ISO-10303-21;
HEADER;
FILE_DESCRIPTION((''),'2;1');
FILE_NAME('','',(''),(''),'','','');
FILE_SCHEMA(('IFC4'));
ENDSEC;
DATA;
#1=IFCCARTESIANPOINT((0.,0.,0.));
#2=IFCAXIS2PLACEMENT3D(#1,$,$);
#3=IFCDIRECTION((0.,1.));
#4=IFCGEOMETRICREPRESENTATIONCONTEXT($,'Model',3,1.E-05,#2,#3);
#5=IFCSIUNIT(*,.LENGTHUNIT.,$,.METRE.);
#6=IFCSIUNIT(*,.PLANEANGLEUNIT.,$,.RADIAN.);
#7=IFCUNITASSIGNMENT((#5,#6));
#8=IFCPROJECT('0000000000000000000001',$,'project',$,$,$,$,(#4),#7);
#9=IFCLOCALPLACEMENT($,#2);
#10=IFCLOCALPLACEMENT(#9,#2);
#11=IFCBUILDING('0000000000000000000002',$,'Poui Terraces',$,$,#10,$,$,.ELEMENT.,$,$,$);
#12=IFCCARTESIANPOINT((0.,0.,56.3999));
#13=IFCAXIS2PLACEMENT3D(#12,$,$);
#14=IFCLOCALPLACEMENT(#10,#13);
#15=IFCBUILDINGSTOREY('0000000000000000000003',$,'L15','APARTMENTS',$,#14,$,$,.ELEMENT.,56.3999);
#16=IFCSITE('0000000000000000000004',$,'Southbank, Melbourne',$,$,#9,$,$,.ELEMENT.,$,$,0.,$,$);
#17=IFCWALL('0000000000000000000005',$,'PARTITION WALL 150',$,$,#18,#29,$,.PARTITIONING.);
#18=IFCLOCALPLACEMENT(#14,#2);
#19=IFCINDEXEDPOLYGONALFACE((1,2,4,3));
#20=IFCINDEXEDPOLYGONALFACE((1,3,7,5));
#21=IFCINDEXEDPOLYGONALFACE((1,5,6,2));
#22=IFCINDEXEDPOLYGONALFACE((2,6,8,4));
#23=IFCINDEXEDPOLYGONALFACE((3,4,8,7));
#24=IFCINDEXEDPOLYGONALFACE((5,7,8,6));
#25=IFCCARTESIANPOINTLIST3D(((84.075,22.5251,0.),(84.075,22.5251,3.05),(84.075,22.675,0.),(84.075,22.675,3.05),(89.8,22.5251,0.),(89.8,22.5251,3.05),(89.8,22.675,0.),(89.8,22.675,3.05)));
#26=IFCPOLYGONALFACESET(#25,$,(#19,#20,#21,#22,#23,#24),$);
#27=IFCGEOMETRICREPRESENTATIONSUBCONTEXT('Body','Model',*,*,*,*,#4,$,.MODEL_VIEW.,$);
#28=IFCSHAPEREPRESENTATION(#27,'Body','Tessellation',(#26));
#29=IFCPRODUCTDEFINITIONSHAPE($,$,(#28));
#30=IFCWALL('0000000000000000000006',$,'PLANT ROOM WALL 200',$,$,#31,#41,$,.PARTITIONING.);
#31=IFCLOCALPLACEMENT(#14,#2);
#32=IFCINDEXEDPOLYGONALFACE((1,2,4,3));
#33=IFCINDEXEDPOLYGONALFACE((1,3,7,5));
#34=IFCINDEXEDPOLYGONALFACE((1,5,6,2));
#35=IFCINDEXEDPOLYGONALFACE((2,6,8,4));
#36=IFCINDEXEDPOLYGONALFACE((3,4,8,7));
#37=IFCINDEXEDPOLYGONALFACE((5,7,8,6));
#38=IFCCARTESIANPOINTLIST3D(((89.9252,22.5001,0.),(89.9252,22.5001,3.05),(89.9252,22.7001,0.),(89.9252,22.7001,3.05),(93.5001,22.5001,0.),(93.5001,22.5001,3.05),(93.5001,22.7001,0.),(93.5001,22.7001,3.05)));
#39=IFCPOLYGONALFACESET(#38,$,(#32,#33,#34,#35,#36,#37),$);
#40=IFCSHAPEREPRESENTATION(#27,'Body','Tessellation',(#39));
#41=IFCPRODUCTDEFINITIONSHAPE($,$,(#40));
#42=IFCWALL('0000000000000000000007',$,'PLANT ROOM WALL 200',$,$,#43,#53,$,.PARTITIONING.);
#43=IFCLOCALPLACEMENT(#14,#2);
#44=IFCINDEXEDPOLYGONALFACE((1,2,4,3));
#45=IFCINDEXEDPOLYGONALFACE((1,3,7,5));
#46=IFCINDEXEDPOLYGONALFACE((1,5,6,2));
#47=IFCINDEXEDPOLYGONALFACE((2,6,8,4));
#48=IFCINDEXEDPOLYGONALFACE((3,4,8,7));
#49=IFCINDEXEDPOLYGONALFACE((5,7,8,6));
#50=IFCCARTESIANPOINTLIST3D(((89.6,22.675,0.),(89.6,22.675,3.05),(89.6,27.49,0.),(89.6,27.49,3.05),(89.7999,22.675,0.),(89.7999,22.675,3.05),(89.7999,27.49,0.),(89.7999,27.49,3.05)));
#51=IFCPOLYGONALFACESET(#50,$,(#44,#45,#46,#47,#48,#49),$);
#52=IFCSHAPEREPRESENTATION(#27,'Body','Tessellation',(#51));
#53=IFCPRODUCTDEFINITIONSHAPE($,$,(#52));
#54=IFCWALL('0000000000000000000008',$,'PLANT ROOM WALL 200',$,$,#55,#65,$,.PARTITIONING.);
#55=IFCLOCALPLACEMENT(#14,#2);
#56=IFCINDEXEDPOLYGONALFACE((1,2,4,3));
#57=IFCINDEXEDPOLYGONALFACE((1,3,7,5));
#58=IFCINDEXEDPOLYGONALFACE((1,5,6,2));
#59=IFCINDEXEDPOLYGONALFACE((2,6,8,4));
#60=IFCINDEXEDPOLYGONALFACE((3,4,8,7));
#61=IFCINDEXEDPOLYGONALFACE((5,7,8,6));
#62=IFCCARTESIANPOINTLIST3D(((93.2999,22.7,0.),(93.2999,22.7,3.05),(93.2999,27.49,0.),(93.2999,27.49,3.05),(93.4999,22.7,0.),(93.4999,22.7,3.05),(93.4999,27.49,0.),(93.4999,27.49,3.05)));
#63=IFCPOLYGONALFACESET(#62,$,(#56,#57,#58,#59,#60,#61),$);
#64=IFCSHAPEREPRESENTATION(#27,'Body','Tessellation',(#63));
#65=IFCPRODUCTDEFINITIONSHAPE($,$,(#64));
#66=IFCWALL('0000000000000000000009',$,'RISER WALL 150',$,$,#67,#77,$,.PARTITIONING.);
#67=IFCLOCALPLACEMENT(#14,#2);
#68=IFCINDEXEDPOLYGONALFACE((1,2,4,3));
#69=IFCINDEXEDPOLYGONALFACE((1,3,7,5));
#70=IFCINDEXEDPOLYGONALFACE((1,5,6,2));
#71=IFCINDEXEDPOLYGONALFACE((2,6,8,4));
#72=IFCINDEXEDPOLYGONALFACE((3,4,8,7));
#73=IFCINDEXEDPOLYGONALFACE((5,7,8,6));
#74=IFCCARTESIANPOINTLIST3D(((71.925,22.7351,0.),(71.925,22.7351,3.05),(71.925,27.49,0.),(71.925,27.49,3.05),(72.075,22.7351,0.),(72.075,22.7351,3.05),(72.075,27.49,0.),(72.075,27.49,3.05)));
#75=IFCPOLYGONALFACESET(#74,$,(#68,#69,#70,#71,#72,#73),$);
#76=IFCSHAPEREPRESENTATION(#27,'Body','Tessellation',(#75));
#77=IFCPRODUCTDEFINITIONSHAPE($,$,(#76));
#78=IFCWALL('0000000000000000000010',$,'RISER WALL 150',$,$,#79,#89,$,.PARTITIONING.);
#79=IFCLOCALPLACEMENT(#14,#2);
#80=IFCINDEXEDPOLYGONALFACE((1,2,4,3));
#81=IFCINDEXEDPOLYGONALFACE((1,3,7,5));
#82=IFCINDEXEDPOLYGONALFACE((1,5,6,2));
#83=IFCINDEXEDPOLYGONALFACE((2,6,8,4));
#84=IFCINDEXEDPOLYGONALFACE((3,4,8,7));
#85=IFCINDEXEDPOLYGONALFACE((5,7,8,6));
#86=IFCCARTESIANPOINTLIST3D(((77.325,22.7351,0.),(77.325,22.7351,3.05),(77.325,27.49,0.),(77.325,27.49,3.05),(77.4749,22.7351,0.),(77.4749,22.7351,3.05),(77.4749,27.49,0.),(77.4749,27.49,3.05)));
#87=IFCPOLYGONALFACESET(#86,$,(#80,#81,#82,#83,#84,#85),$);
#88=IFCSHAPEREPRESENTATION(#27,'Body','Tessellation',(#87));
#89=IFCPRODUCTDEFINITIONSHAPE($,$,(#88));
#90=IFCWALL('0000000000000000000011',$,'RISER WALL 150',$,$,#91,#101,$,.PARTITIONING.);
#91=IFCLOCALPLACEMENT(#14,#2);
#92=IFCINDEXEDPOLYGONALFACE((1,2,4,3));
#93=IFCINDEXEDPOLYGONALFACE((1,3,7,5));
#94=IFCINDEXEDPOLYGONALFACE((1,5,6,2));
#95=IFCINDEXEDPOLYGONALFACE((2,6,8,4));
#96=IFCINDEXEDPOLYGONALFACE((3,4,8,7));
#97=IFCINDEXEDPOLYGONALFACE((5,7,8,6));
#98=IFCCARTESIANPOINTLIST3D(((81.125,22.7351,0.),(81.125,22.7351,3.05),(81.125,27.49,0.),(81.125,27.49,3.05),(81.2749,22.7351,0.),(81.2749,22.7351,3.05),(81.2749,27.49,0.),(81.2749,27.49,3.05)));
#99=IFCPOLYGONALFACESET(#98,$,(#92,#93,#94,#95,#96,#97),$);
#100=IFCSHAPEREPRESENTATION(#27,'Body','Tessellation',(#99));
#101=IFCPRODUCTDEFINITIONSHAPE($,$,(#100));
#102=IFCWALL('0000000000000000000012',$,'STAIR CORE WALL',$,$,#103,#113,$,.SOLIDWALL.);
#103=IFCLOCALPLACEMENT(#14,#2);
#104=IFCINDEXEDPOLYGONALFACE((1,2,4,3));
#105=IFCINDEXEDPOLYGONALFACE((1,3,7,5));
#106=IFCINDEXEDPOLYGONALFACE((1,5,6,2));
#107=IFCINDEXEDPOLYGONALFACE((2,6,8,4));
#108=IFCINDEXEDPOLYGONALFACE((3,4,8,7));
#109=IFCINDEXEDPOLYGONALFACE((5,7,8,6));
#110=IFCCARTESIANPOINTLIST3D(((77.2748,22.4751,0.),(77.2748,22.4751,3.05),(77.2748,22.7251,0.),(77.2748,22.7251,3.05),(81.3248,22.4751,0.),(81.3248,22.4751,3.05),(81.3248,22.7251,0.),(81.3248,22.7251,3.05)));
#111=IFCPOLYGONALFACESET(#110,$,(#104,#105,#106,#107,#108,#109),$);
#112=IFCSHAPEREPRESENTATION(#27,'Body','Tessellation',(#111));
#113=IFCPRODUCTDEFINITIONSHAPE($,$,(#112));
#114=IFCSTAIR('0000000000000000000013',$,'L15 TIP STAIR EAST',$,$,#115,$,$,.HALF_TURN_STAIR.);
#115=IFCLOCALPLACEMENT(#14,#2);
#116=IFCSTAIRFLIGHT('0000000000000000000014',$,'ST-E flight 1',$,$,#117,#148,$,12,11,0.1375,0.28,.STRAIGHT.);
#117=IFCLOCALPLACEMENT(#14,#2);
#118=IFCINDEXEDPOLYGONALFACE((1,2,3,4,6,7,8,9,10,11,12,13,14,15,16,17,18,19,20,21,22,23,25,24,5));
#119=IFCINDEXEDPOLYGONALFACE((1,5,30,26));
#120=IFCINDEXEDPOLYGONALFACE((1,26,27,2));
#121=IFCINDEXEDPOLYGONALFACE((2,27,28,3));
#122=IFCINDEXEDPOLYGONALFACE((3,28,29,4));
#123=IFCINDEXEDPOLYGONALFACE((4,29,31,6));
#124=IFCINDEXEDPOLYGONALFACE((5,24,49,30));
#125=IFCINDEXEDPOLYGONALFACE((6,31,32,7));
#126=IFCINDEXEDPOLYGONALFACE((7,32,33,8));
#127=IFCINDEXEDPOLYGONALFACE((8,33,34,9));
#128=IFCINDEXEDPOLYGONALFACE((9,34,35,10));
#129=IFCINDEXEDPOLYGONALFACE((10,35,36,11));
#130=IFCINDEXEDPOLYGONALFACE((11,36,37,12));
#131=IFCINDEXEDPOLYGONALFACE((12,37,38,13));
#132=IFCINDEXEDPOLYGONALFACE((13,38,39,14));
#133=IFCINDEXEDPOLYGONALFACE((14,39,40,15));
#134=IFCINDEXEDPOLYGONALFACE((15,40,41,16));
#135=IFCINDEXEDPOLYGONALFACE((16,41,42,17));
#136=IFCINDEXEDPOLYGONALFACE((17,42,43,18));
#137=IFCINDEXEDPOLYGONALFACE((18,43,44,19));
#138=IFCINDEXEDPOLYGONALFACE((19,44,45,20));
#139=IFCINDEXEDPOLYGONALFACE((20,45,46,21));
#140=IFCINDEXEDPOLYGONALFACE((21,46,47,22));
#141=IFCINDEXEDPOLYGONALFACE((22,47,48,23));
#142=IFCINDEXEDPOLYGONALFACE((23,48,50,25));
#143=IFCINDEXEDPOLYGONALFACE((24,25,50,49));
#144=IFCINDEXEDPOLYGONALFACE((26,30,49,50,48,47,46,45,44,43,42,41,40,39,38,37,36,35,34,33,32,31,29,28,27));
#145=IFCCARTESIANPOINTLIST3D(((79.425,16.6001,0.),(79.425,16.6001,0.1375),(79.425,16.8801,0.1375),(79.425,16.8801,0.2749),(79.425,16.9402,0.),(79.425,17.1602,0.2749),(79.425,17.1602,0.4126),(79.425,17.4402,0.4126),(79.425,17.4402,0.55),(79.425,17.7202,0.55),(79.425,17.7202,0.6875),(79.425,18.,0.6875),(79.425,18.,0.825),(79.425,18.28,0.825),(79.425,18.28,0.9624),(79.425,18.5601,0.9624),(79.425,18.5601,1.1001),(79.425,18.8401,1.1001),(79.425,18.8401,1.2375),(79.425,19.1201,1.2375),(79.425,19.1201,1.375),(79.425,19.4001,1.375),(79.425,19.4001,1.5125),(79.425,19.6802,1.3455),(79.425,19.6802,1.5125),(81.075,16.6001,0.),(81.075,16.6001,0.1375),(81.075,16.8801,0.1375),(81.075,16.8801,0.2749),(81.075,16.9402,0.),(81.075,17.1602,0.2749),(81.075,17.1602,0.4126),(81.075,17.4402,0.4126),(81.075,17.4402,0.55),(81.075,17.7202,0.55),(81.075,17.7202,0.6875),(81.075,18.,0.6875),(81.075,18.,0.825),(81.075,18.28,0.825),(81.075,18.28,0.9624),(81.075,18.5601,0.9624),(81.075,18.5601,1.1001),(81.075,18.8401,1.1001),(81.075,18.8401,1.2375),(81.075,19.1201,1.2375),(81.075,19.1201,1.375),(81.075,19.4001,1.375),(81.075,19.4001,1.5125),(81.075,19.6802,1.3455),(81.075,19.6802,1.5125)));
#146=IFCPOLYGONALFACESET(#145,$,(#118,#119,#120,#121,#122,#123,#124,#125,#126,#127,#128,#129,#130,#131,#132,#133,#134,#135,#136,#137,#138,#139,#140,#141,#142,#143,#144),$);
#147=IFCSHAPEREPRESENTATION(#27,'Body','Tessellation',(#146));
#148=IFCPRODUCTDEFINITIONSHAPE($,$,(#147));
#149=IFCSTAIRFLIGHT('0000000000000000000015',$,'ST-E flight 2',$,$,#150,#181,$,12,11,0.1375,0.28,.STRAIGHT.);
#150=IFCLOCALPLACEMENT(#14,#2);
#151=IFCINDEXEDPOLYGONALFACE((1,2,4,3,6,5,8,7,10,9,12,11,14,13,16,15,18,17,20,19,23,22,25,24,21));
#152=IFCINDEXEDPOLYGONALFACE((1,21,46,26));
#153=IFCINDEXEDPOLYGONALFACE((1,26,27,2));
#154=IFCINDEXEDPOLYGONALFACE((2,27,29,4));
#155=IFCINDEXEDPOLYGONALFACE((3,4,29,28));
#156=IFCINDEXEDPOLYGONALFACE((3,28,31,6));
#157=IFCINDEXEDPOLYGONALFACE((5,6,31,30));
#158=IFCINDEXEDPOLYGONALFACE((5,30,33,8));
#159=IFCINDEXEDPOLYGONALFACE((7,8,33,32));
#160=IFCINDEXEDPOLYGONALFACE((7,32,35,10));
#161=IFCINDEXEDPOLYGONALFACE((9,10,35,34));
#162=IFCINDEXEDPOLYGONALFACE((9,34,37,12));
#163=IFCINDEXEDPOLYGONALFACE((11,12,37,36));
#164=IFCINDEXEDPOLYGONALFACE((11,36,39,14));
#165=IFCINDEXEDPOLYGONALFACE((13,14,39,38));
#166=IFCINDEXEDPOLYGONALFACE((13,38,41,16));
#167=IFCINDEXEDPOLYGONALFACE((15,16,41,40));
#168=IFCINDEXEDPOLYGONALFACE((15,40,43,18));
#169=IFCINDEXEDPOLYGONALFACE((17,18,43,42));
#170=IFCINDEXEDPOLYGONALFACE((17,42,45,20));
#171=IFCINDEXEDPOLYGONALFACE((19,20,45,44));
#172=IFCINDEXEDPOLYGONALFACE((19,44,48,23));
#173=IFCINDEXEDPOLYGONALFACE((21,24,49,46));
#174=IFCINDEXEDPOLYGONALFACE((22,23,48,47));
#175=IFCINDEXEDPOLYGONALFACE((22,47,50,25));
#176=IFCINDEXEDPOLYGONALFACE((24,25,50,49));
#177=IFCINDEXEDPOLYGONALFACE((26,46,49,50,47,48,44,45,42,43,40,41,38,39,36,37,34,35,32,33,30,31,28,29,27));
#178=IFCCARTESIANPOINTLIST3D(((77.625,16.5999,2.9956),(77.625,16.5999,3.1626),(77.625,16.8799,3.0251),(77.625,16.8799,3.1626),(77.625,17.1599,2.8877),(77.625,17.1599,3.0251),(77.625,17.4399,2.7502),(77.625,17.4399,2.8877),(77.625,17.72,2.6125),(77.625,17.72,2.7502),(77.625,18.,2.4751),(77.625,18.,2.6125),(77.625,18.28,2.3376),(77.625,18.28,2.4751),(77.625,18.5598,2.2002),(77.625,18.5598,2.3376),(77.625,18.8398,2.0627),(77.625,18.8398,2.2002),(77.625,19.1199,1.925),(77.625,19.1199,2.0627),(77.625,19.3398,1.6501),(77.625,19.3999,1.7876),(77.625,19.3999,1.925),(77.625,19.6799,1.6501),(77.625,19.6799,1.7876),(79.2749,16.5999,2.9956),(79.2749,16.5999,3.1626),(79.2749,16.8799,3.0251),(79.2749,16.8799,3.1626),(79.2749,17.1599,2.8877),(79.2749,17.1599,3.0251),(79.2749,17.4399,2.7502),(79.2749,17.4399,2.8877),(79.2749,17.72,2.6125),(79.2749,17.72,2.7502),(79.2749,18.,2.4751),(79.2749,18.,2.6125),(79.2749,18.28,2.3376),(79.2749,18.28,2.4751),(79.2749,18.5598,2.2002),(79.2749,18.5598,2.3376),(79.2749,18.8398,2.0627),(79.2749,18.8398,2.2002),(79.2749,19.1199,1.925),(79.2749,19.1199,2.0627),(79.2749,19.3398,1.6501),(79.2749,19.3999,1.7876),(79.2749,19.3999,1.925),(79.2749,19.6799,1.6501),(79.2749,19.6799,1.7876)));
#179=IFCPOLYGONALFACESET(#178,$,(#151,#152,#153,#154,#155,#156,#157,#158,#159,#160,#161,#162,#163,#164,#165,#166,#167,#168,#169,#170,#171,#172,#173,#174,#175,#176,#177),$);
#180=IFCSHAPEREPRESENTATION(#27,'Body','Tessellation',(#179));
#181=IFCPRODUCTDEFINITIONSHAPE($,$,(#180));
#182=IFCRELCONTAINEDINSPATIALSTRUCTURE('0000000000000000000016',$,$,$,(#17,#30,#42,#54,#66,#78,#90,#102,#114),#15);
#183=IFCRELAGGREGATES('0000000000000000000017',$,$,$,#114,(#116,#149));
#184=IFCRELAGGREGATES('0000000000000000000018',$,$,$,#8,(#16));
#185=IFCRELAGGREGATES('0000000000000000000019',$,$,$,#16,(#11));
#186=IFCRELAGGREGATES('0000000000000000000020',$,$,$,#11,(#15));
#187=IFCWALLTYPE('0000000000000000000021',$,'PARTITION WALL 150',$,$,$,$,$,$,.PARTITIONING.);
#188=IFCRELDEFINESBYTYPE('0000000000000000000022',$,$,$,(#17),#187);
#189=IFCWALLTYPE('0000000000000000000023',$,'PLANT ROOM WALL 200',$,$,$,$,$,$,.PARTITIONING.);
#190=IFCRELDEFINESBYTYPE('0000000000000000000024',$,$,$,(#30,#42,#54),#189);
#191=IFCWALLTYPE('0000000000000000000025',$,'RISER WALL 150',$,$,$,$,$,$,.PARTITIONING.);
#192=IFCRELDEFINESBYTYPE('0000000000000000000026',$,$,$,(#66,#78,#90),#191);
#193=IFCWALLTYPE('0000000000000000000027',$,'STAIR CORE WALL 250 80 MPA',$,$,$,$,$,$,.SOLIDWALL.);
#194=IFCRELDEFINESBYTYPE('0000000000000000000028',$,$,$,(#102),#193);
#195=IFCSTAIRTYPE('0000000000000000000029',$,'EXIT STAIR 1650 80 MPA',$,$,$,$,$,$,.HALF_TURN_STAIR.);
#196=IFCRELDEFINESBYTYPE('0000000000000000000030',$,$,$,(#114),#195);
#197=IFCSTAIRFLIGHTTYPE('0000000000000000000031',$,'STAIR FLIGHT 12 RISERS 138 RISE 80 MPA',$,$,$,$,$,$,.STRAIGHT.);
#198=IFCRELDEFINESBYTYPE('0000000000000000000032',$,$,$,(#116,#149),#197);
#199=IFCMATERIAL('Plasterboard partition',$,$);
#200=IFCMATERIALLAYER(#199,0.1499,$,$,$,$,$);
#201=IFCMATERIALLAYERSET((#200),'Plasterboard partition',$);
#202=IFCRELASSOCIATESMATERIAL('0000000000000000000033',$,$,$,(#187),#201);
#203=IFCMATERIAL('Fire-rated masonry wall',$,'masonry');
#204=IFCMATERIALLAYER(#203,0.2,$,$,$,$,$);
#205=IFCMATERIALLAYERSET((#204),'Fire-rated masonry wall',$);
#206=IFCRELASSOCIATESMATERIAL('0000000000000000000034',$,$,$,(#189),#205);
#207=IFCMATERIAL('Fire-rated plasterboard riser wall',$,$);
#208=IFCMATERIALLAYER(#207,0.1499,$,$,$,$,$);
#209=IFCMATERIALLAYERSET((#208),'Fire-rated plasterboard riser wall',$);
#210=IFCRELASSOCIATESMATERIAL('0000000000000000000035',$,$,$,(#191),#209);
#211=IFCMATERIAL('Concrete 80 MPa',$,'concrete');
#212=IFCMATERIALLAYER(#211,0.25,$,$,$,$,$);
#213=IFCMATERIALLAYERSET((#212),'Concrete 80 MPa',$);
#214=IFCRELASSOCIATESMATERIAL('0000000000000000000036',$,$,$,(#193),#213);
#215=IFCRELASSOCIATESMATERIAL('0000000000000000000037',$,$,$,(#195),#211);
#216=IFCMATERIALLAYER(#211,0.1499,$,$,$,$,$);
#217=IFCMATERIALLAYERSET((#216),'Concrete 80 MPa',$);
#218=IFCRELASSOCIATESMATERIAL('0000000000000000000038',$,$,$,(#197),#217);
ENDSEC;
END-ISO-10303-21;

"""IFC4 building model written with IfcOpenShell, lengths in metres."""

from ifc_helpers import new_model, si_unit, direction, frame, frame_2d, origin, place, context, subcontext, project, spatial, polyline, rectangle, outline, extrude, material, layer, layer_set, type_object, element, aggregate, save


model = new_model("IFC4")

# Units and contexts
model_context = context("Model", 3, precision=1e-05, world=origin(), true_north=direction((0.0, 1.0)))
body_context = subcontext(model_context, "Body", "Model", "MODEL_VIEW")
ifc_project = project(units=[si_unit("LENGTHUNIT", "METRE"), si_unit("PLANEANGLEUNIT", "RADIAN")], contexts=[model_context])

# Site, building, storey
site_placement = place(None, origin())
site = spatial("IfcSite", under=ifc_project, at=site_placement, Name="Southbank, Melbourne", CompositionType="ELEMENT", RefElevation=0.0)
building_placement = place(site_placement, origin())
building = spatial("IfcBuilding", under=site, at=building_placement, Name="Poui Terraces", CompositionType="ELEMENT")
storey_placement = place(building_placement, frame((0.0, 0.0, 56.3999)))
storey = spatial("IfcBuildingStorey", under=building, at=storey_placement, Name="L15", Description="APARTMENTS", CompositionType="ELEMENT", Elevation=56.3999)

# Shared definitions
ifc_material_1 = material(Name="Concrete 80 MPa", Category="concrete")

# Walls
ifc_material_2 = material(Name="Plasterboard partition")
ifc_layer_1 = layer(ifc_material_2, 0.1499)
ifc_layer_set_1 = layer_set([ifc_layer_1], Name="Plasterboard partition")
wall_type_1 = type_object("IfcWallType", Name="PARTITION WALL 150", PredefinedType="PARTITIONING", material=ifc_layer_set_1)
wall_1_placement = place(storey_placement, frame((84.075, 22.6001, 0.0), z_axis=(0.0, 0.0, 1.0), x_axis=(1.0, 0.0, 0.0)))
element("IfcWall", 1, at=wall_1_placement, inside=storey, type_object=wall_type_1, Name="PARTITION WALL 150", PredefinedType="PARTITIONING", context=body_context, shape_type="SweptSolid", body=[
    extrude(rectangle(XDim=5.7251, YDim=0.1499, at=frame_2d((2.8625, 0.0))), origin(), (0.0, 0.0, 1.0), 3.05),
])
ifc_material_3 = material(Name="Fire-rated masonry wall", Category="masonry")
ifc_layer_2 = layer(ifc_material_3, 0.2)
ifc_layer_set_2 = layer_set([ifc_layer_2], Name="Fire-rated masonry wall")
wall_type_2 = type_object("IfcWallType", Name="PLANT ROOM WALL 200", PredefinedType="PARTITIONING", material=ifc_layer_set_2)
wall_2_placement = place(storey_placement, frame((89.925, 22.6001, 0.0), z_axis=(0.0, 0.0, 1.0), x_axis=(1.0, 0.0, 0.0)))
element("IfcWall", 2, at=wall_2_placement, inside=storey, type_object=wall_type_2, Name="PLANT ROOM WALL 200", PredefinedType="PARTITIONING", context=body_context, shape_type="SweptSolid", body=[
    extrude(rectangle(XDim=3.575, YDim=0.2, at=frame_2d((1.7876, 0.0))), origin(), (0.0, 0.0, 1.0), 3.05),
])
wall_3_placement = place(storey_placement, frame((89.7, 22.675, 0.0), z_axis=(0.0, 0.0, 1.0), x_axis=(0.0, 1.0, 0.0)))
element("IfcWall", 3, at=wall_3_placement, inside=storey, type_object=wall_type_2, Name="PLANT ROOM WALL 200", PredefinedType="PARTITIONING", context=body_context, shape_type="SweptSolid", body=[
    extrude(rectangle(XDim=4.8149, YDim=0.2, at=frame_2d((2.4075, 0.0))), origin(), (0.0, 0.0, 1.0), 3.05),
])
wall_4_placement = place(storey_placement, frame((93.3999, 22.7, 0.0), z_axis=(0.0, 0.0, 1.0), x_axis=(0.0, 1.0, 0.0)))
element("IfcWall", 4, at=wall_4_placement, inside=storey, type_object=wall_type_2, Name="PLANT ROOM WALL 200", PredefinedType="PARTITIONING", context=body_context, shape_type="SweptSolid", body=[
    extrude(rectangle(XDim=4.79, YDim=0.2, at=frame_2d((2.395, 0.0))), origin(), (0.0, 0.0, 1.0), 3.05),
])
ifc_material_4 = material(Name="Fire-rated plasterboard riser wall")
ifc_layer_3 = layer(ifc_material_4, 0.1499)
ifc_layer_set_3 = layer_set([ifc_layer_3], Name="Fire-rated plasterboard riser wall")
wall_type_3 = type_object("IfcWallType", Name="RISER WALL 150", PredefinedType="PARTITIONING", material=ifc_layer_set_3)
for number, where, z_axis, x_axis, name in (
    (5, (72.0, 22.7351, 0.0), (0.0, 0.0, 1.0), (0.0, 1.0, 0.0), "RISER WALL 150"),
    (6, (77.3999, 22.7351, 0.0), (0.0, 0.0, 1.0), (0.0, 1.0, 0.0), "RISER WALL 150"),
    (7, (81.2, 22.7351, 0.0), (0.0, 0.0, 1.0), (0.0, 1.0, 0.0), "RISER WALL 150"),
):
    element("IfcWall", number, at=place(storey_placement, frame(where, z_axis=z_axis, x_axis=x_axis)), inside=storey, type_object=wall_type_3, Name=name, PredefinedType="PARTITIONING", context=body_context, shape_type="SweptSolid", body=[
        extrude(rectangle(XDim=4.7549, YDim=0.1499, at=frame_2d((2.3774, 0.0))), origin(), (0.0, 0.0, 1.0), 3.05),
    ])
ifc_layer_4 = layer(ifc_material_1, 0.25)
ifc_layer_set_4 = layer_set([ifc_layer_4], Name="Concrete 80 MPa")
wall_type_4 = type_object("IfcWallType", Name="STAIR CORE WALL 250 80 MPA", PredefinedType="SOLIDWALL", material=ifc_layer_set_4)
wall_5_placement = place(storey_placement, frame((77.2749, 22.6001, 0.0), z_axis=(0.0, 0.0, 1.0), x_axis=(1.0, 0.0, 0.0)))
element("IfcWall", 8, at=wall_5_placement, inside=storey, type_object=wall_type_4, Name="STAIR CORE WALL", PredefinedType="SOLIDWALL", context=body_context, shape_type="SweptSolid", body=[
    extrude(rectangle(XDim=4.05, YDim=0.25, at=frame_2d((2.0249, 0.0))), origin(), (0.0, 0.0, 1.0), 3.05),
])

# Stair, stair flights
stair_type = type_object("IfcStairType", Name="EXIT STAIR 1650 80 MPA", PredefinedType="HALF_TURN_STAIR", material=ifc_material_1)
stair_placement = place(storey_placement, origin())
stair = element("IfcStair", 9, at=stair_placement, inside=storey, type_object=stair_type, Name="L15 TIP STAIR EAST", PredefinedType="HALF_TURN_STAIR")
ifc_layer_5 = layer(ifc_material_1, 0.1499)
ifc_layer_set_5 = layer_set([ifc_layer_5], Name="Concrete 80 MPa")
stair_flight_type = type_object("IfcStairFlightType", Name="STAIR FLIGHT 12 RISERS 138 RISE 80 MPA", PredefinedType="STRAIGHT", material=ifc_layer_set_5)
stair_flight_1_placement = place(storey_placement, frame((80.25, 16.6001, 0.0), z_axis=(0.0, 0.0, 1.0), x_axis=(0.0, 1.0, 0.0)))
stair_flight_1 = element("IfcStairFlight", 10, at=stair_flight_1_placement, type_object=stair_flight_type, Name="ST-E flight 1", NumberOfRisers=12, NumberOfTreads=11, PredefinedType="STRAIGHT", RiserHeight=0.1375, TreadLength=0.28, context=body_context, shape_type="SweptSolid", body=[
    extrude(outline(polyline([(0.0, 0.0), (0.0, 0.1375), (0.28, 0.1375), (0.28, 0.2749), (0.5601, 0.2749), (0.5601, 0.4126), (0.8401, 0.4126), (0.8401, 0.55), (1.1201, 0.55), (1.1201, 0.6875), (1.3999, 0.6875), (1.3999, 0.825), (1.6799, 0.825), (1.6799, 0.9624), (1.96, 0.9624), (1.96, 1.1001), (2.24, 1.1001), (2.24, 1.2375), (2.52, 1.2375), (2.52, 1.375), (2.8, 1.375), (2.8, 1.5125), (3.0801, 1.5125), (3.0801, 1.6499), (3.0801, 1.3455), (0.3401, 0.0), (0.0, 0.0)])), frame((0.0, 0.825, 0.0), z_axis=(0.0, -1.0, 0.0), x_axis=(1.0, 0.0, 0.0)), (0.0, 0.0, 1.0), 1.6499),
])
stair_flight_2_placement = place(storey_placement, frame((78.45, 19.6799, 1.6501), z_axis=(0.0, 0.0, 1.0), x_axis=(0.0, -1.0, 0.0)))
stair_flight_2 = element("IfcStairFlight", 11, at=stair_flight_2_placement, type_object=stair_flight_type, Name="ST-E flight 2", NumberOfRisers=12, NumberOfTreads=11, PredefinedType="STRAIGHT", RiserHeight=0.1375, TreadLength=0.28, context=body_context, shape_type="SweptSolid", body=[
    extrude(outline(polyline([(0.0, 0.0), (0.0, 0.1375), (0.28, 0.1375), (0.28, 0.2749), (0.5601, 0.2749), (0.5601, 0.4126), (0.8401, 0.4126), (0.8401, 0.55), (1.1201, 0.55), (1.1201, 0.6875), (1.3999, 0.6875), (1.3999, 0.825), (1.6799, 0.825), (1.6799, 0.9624), (1.96, 0.9624), (1.96, 1.1001), (2.24, 1.1001), (2.24, 1.2375), (2.52, 1.2375), (2.52, 1.375), (2.8, 1.375), (2.8, 1.5125), (3.0801, 1.5125), (3.0801, 1.6499), (3.0801, 1.3455), (0.3401, 0.0), (0.0, 0.0)])), frame((0.0, 0.825, 0.0), z_axis=(0.0, -1.0, 0.0), x_axis=(1.0, 0.0, 0.0)), (0.0, 0.0, 1.0), 1.6499),
])
aggregate(stair, [stair_flight_1, stair_flight_2])

save(model, "model.ifc")
